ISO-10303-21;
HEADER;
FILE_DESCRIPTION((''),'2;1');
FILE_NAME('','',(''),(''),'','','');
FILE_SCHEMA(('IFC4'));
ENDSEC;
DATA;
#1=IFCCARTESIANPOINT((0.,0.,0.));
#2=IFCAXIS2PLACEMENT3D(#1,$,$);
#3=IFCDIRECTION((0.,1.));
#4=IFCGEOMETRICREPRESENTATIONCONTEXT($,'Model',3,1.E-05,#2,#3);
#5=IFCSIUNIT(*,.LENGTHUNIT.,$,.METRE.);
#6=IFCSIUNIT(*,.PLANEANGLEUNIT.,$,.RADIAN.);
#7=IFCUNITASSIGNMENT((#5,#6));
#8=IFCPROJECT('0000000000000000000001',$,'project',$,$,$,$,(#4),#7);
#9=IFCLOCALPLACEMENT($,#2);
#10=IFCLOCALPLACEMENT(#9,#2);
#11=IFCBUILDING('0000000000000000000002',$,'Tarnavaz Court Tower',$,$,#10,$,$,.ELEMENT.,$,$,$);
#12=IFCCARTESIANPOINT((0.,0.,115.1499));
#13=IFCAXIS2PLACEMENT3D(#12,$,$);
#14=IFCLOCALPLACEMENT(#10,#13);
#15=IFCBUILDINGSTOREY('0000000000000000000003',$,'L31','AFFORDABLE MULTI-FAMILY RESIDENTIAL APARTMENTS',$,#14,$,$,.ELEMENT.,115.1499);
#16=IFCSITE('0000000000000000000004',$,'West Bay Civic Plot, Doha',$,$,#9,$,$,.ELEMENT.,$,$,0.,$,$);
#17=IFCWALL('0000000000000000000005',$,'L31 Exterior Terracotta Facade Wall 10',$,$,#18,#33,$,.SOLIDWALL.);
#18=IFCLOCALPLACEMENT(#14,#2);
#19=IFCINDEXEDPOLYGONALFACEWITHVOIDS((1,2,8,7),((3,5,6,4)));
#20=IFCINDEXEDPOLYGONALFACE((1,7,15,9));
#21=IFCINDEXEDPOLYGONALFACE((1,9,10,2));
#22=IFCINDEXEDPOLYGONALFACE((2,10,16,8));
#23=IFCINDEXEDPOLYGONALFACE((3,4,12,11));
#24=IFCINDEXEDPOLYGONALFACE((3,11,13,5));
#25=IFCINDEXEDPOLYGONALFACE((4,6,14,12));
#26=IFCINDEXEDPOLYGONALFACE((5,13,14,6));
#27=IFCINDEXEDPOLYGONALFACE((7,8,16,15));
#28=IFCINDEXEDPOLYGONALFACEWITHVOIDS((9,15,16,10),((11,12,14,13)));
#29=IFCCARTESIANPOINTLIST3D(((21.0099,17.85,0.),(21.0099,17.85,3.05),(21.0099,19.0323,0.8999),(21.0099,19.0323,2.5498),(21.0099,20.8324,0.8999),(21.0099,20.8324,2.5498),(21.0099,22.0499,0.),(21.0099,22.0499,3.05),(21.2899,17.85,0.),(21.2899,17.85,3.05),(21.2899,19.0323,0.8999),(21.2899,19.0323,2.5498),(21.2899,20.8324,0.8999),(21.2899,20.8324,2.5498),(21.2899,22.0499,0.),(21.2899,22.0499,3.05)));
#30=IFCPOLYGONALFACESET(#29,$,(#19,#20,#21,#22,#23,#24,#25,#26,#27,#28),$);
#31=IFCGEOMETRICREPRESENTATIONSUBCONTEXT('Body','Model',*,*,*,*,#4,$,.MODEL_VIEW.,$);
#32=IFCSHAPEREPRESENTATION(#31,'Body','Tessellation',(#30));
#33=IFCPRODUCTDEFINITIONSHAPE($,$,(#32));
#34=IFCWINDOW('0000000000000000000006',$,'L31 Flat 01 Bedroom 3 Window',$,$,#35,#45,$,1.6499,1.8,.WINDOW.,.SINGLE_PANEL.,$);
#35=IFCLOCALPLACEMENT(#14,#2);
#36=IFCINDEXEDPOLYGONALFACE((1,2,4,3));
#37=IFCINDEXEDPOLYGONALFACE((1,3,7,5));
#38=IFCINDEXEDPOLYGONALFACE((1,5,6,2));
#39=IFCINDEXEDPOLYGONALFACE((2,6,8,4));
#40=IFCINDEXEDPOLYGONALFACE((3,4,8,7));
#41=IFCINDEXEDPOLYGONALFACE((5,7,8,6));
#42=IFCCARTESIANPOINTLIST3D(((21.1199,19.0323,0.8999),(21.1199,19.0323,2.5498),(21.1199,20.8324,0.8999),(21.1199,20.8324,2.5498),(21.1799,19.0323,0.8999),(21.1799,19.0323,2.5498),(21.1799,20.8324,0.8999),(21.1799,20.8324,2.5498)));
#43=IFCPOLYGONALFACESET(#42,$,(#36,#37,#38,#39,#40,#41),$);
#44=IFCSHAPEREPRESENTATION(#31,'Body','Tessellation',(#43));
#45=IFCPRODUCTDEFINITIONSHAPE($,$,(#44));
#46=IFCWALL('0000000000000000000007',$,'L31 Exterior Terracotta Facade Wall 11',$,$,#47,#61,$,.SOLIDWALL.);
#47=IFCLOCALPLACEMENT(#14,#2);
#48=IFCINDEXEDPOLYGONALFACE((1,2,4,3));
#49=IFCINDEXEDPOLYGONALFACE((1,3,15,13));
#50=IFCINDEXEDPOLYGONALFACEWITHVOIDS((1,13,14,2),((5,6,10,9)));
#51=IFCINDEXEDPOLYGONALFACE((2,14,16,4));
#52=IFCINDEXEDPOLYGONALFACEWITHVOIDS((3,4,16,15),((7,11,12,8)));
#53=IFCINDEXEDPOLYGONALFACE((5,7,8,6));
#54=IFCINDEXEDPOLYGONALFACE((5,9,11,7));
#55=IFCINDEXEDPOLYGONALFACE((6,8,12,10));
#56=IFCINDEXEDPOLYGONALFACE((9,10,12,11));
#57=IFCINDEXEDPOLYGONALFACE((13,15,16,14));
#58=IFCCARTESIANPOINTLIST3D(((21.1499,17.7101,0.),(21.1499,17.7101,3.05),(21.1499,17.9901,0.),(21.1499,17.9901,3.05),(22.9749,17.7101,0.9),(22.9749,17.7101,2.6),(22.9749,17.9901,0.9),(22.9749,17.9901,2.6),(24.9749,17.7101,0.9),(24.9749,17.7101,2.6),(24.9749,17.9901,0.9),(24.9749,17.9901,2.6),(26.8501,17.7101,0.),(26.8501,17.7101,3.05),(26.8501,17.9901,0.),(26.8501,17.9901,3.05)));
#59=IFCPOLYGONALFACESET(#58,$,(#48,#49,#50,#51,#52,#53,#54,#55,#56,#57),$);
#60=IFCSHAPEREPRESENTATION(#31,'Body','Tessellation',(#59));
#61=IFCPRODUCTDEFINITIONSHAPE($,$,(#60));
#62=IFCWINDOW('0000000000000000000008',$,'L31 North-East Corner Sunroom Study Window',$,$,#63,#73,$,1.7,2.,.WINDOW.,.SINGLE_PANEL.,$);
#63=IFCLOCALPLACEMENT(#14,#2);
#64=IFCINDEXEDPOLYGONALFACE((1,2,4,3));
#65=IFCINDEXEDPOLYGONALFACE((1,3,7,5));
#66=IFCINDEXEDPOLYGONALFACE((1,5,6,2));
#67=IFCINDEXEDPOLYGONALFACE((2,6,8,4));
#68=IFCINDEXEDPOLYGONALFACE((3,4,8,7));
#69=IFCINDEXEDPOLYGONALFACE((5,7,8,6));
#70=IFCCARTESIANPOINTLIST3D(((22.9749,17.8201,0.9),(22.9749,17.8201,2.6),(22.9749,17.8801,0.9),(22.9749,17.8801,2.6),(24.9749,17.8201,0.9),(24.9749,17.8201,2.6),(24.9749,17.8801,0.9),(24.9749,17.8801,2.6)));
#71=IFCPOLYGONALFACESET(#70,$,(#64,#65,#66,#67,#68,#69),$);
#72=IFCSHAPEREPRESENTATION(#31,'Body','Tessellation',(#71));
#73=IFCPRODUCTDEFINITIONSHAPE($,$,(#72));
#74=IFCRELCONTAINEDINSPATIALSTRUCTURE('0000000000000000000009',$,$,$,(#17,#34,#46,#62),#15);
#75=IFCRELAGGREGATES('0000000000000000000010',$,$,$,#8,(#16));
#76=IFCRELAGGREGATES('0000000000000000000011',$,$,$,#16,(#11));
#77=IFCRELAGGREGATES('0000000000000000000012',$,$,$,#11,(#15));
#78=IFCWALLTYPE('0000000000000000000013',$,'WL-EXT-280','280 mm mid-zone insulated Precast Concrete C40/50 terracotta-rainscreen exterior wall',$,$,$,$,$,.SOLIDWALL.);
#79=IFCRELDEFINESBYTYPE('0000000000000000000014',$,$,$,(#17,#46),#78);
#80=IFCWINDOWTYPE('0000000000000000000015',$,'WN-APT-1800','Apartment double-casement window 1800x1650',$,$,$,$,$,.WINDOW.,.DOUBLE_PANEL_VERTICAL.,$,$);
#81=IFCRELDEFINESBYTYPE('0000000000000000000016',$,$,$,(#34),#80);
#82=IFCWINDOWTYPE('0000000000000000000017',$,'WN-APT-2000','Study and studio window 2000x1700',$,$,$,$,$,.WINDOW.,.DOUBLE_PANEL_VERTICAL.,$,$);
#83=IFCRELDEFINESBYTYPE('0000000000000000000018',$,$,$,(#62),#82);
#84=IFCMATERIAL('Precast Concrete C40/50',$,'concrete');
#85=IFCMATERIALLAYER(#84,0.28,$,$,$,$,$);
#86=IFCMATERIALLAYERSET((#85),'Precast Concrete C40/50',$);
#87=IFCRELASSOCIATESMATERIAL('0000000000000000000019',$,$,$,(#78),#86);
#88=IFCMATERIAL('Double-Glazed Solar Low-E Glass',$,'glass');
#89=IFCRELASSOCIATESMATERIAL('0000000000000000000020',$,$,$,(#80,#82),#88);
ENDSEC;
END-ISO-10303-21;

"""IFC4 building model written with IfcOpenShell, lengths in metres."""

from ifc_helpers import new_model, si_unit, direction, frame, frame_2d, origin, place, context, subcontext, project, spatial, rectangle, extrude, material, layer, layer_set, type_object, element, fill, save


model = new_model("IFC4")

# Units and contexts
model_context = context("Model", 3, precision=1e-05, world=origin(), true_north=direction((0.0, 1.0)))
body_context = subcontext(model_context, "Body", "Model", "MODEL_VIEW")
ifc_project = project(units=[si_unit("LENGTHUNIT", "METRE"), si_unit("PLANEANGLEUNIT", "RADIAN")], contexts=[model_context])

# Site, building, storey
site_placement = place(None, origin())
site = spatial("IfcSite", under=ifc_project, at=site_placement, Name="West Bay Civic Plot, Doha", CompositionType="ELEMENT", RefElevation=0.0)
building_placement = place(site_placement, origin())
building = spatial("IfcBuilding", under=site, at=building_placement, Name="Tarnavaz Court Tower", CompositionType="ELEMENT")
storey_placement = place(building_placement, frame((0.0, 0.0, 115.1499)))
storey = spatial("IfcBuildingStorey", under=building, at=storey_placement, Name="L31", Description="AFFORDABLE MULTI-FAMILY RESIDENTIAL APARTMENTS", CompositionType="ELEMENT", Elevation=115.1499)

# Walls, openings, windows
ifc_material_1 = material(Name="Precast Concrete C40/50", Category="concrete")
ifc_layer_1 = layer(ifc_material_1, 0.28)
ifc_layer_set_1 = layer_set([ifc_layer_1], Name="Precast Concrete C40/50")
wall_type_1 = type_object("IfcWallType", Name="WL-EXT-280", Description="280 mm mid-zone insulated Precast Concrete C40/50 terracotta-rainscreen exterior wall", PredefinedType="SOLIDWALL", material=ifc_layer_set_1)
wall_1_placement = place(storey_placement, frame((21.1499, 22.05, 0.0), z_axis=(0.0, 0.0, 1.0), x_axis=(0.0, -1.0, 0.0)))
wall_1 = element("IfcWall", 1, at=wall_1_placement, inside=storey, type_object=wall_type_1, Name="L31 Exterior Terracotta Facade Wall 10", PredefinedType="SOLIDWALL", context=body_context, shape_type="SweptSolid", body=[
    extrude(rectangle(XDim=4.2, YDim=0.28, at=frame_2d((2.1001, 0.0))), origin(), (0.0, 0.0, 1.0), 3.05),
])
opening_1_placement = place(wall_1_placement, frame((1.2178, 0.0, 0.8999)))
opening_1 = element("IfcOpeningElement", 2, at=opening_1_placement, cuts=wall_1, PredefinedType="OPENING", context=body_context, shape_type="SweptSolid", body=[
    extrude(rectangle(XDim=1.8, YDim=1.6499, at=frame_2d((0.8999, 0.825))), frame((0.0, 0.1499, 0.0), z_axis=(0.0, -1.0, 0.0), x_axis=(1.0, 0.0, 0.0)), (0.0, 0.0, 1.0), 0.3),
])
ifc_material_2 = material(Name="Double-Glazed Solar Low-E Glass", Category="glass")
window_type_1 = type_object("IfcWindowType", Name="WN-APT-1800", Description="Apartment double-casement window 1800x1650", PartitioningType="DOUBLE_PANEL_VERTICAL", PredefinedType="WINDOW", material=ifc_material_2)
window_1_placement = place(opening_1_placement, origin())
window_1 = element("IfcWindow", 3, at=window_1_placement, inside=storey, type_object=window_type_1, Name="L31 Flat 01 Bedroom 3 Window", OverallHeight=1.6499, OverallWidth=1.8, PartitioningType="SINGLE_PANEL", PredefinedType="WINDOW", context=body_context, shape_type="SweptSolid", body=[
    extrude(rectangle(XDim=1.8, YDim=1.6499, at=frame_2d((0.8999, 0.825))), frame((0.0, 0.03, 0.0), z_axis=(0.0, -1.0, 0.0), x_axis=(1.0, 0.0, 0.0)), (0.0, 0.0, 1.0), 0.0601),
])
fill(opening_1, window_1)
wall_2_placement = place(storey_placement, frame((21.1499, 17.8501, 0.0), z_axis=(0.0, 0.0, 1.0), x_axis=(1.0, 0.0, 0.0)))
wall_2 = element("IfcWall", 4, at=wall_2_placement, inside=storey, type_object=wall_type_1, Name="L31 Exterior Terracotta Facade Wall 11", PredefinedType="SOLIDWALL", context=body_context, shape_type="SweptSolid", body=[
    extrude(rectangle(XDim=5.7002, YDim=0.28, at=frame_2d((2.8501, 0.0))), origin(), (0.0, 0.0, 1.0), 3.05),
])
opening_2_placement = place(wall_2_placement, frame((1.825, 0.0, 0.8999)))
opening_2 = element("IfcOpeningElement", 5, at=opening_2_placement, cuts=wall_2, PredefinedType="OPENING", context=body_context, shape_type="SweptSolid", body=[
    extrude(rectangle(XDim=2.0, YDim=1.7, at=frame_2d((1.0, 0.8501))), frame((0.0, 0.1499, 0.0), z_axis=(0.0, -1.0, 0.0), x_axis=(1.0, 0.0, 0.0)), (0.0, 0.0, 1.0), 0.3),
])
window_type_2 = type_object("IfcWindowType", Name="WN-APT-2000", Description="Study and studio window 2000x1700", PartitioningType="DOUBLE_PANEL_VERTICAL", PredefinedType="WINDOW", material=ifc_material_2)
window_2_placement = place(opening_2_placement, origin())
window_2 = element("IfcWindow", 6, at=window_2_placement, inside=storey, type_object=window_type_2, Name="L31 North-East Corner Sunroom Study Window", OverallHeight=1.7, OverallWidth=2.0, PartitioningType="SINGLE_PANEL", PredefinedType="WINDOW", context=body_context, shape_type="SweptSolid", body=[
    extrude(rectangle(XDim=2.0, YDim=1.7, at=frame_2d((1.0, 0.8501))), frame((0.0, 0.03, 0.0), z_axis=(0.0, -1.0, 0.0), x_axis=(1.0, 0.0, 0.0)), (0.0, 0.0, 1.0), 0.0601),
])
fill(opening_2, window_2)

save(model, "model.ifc")
